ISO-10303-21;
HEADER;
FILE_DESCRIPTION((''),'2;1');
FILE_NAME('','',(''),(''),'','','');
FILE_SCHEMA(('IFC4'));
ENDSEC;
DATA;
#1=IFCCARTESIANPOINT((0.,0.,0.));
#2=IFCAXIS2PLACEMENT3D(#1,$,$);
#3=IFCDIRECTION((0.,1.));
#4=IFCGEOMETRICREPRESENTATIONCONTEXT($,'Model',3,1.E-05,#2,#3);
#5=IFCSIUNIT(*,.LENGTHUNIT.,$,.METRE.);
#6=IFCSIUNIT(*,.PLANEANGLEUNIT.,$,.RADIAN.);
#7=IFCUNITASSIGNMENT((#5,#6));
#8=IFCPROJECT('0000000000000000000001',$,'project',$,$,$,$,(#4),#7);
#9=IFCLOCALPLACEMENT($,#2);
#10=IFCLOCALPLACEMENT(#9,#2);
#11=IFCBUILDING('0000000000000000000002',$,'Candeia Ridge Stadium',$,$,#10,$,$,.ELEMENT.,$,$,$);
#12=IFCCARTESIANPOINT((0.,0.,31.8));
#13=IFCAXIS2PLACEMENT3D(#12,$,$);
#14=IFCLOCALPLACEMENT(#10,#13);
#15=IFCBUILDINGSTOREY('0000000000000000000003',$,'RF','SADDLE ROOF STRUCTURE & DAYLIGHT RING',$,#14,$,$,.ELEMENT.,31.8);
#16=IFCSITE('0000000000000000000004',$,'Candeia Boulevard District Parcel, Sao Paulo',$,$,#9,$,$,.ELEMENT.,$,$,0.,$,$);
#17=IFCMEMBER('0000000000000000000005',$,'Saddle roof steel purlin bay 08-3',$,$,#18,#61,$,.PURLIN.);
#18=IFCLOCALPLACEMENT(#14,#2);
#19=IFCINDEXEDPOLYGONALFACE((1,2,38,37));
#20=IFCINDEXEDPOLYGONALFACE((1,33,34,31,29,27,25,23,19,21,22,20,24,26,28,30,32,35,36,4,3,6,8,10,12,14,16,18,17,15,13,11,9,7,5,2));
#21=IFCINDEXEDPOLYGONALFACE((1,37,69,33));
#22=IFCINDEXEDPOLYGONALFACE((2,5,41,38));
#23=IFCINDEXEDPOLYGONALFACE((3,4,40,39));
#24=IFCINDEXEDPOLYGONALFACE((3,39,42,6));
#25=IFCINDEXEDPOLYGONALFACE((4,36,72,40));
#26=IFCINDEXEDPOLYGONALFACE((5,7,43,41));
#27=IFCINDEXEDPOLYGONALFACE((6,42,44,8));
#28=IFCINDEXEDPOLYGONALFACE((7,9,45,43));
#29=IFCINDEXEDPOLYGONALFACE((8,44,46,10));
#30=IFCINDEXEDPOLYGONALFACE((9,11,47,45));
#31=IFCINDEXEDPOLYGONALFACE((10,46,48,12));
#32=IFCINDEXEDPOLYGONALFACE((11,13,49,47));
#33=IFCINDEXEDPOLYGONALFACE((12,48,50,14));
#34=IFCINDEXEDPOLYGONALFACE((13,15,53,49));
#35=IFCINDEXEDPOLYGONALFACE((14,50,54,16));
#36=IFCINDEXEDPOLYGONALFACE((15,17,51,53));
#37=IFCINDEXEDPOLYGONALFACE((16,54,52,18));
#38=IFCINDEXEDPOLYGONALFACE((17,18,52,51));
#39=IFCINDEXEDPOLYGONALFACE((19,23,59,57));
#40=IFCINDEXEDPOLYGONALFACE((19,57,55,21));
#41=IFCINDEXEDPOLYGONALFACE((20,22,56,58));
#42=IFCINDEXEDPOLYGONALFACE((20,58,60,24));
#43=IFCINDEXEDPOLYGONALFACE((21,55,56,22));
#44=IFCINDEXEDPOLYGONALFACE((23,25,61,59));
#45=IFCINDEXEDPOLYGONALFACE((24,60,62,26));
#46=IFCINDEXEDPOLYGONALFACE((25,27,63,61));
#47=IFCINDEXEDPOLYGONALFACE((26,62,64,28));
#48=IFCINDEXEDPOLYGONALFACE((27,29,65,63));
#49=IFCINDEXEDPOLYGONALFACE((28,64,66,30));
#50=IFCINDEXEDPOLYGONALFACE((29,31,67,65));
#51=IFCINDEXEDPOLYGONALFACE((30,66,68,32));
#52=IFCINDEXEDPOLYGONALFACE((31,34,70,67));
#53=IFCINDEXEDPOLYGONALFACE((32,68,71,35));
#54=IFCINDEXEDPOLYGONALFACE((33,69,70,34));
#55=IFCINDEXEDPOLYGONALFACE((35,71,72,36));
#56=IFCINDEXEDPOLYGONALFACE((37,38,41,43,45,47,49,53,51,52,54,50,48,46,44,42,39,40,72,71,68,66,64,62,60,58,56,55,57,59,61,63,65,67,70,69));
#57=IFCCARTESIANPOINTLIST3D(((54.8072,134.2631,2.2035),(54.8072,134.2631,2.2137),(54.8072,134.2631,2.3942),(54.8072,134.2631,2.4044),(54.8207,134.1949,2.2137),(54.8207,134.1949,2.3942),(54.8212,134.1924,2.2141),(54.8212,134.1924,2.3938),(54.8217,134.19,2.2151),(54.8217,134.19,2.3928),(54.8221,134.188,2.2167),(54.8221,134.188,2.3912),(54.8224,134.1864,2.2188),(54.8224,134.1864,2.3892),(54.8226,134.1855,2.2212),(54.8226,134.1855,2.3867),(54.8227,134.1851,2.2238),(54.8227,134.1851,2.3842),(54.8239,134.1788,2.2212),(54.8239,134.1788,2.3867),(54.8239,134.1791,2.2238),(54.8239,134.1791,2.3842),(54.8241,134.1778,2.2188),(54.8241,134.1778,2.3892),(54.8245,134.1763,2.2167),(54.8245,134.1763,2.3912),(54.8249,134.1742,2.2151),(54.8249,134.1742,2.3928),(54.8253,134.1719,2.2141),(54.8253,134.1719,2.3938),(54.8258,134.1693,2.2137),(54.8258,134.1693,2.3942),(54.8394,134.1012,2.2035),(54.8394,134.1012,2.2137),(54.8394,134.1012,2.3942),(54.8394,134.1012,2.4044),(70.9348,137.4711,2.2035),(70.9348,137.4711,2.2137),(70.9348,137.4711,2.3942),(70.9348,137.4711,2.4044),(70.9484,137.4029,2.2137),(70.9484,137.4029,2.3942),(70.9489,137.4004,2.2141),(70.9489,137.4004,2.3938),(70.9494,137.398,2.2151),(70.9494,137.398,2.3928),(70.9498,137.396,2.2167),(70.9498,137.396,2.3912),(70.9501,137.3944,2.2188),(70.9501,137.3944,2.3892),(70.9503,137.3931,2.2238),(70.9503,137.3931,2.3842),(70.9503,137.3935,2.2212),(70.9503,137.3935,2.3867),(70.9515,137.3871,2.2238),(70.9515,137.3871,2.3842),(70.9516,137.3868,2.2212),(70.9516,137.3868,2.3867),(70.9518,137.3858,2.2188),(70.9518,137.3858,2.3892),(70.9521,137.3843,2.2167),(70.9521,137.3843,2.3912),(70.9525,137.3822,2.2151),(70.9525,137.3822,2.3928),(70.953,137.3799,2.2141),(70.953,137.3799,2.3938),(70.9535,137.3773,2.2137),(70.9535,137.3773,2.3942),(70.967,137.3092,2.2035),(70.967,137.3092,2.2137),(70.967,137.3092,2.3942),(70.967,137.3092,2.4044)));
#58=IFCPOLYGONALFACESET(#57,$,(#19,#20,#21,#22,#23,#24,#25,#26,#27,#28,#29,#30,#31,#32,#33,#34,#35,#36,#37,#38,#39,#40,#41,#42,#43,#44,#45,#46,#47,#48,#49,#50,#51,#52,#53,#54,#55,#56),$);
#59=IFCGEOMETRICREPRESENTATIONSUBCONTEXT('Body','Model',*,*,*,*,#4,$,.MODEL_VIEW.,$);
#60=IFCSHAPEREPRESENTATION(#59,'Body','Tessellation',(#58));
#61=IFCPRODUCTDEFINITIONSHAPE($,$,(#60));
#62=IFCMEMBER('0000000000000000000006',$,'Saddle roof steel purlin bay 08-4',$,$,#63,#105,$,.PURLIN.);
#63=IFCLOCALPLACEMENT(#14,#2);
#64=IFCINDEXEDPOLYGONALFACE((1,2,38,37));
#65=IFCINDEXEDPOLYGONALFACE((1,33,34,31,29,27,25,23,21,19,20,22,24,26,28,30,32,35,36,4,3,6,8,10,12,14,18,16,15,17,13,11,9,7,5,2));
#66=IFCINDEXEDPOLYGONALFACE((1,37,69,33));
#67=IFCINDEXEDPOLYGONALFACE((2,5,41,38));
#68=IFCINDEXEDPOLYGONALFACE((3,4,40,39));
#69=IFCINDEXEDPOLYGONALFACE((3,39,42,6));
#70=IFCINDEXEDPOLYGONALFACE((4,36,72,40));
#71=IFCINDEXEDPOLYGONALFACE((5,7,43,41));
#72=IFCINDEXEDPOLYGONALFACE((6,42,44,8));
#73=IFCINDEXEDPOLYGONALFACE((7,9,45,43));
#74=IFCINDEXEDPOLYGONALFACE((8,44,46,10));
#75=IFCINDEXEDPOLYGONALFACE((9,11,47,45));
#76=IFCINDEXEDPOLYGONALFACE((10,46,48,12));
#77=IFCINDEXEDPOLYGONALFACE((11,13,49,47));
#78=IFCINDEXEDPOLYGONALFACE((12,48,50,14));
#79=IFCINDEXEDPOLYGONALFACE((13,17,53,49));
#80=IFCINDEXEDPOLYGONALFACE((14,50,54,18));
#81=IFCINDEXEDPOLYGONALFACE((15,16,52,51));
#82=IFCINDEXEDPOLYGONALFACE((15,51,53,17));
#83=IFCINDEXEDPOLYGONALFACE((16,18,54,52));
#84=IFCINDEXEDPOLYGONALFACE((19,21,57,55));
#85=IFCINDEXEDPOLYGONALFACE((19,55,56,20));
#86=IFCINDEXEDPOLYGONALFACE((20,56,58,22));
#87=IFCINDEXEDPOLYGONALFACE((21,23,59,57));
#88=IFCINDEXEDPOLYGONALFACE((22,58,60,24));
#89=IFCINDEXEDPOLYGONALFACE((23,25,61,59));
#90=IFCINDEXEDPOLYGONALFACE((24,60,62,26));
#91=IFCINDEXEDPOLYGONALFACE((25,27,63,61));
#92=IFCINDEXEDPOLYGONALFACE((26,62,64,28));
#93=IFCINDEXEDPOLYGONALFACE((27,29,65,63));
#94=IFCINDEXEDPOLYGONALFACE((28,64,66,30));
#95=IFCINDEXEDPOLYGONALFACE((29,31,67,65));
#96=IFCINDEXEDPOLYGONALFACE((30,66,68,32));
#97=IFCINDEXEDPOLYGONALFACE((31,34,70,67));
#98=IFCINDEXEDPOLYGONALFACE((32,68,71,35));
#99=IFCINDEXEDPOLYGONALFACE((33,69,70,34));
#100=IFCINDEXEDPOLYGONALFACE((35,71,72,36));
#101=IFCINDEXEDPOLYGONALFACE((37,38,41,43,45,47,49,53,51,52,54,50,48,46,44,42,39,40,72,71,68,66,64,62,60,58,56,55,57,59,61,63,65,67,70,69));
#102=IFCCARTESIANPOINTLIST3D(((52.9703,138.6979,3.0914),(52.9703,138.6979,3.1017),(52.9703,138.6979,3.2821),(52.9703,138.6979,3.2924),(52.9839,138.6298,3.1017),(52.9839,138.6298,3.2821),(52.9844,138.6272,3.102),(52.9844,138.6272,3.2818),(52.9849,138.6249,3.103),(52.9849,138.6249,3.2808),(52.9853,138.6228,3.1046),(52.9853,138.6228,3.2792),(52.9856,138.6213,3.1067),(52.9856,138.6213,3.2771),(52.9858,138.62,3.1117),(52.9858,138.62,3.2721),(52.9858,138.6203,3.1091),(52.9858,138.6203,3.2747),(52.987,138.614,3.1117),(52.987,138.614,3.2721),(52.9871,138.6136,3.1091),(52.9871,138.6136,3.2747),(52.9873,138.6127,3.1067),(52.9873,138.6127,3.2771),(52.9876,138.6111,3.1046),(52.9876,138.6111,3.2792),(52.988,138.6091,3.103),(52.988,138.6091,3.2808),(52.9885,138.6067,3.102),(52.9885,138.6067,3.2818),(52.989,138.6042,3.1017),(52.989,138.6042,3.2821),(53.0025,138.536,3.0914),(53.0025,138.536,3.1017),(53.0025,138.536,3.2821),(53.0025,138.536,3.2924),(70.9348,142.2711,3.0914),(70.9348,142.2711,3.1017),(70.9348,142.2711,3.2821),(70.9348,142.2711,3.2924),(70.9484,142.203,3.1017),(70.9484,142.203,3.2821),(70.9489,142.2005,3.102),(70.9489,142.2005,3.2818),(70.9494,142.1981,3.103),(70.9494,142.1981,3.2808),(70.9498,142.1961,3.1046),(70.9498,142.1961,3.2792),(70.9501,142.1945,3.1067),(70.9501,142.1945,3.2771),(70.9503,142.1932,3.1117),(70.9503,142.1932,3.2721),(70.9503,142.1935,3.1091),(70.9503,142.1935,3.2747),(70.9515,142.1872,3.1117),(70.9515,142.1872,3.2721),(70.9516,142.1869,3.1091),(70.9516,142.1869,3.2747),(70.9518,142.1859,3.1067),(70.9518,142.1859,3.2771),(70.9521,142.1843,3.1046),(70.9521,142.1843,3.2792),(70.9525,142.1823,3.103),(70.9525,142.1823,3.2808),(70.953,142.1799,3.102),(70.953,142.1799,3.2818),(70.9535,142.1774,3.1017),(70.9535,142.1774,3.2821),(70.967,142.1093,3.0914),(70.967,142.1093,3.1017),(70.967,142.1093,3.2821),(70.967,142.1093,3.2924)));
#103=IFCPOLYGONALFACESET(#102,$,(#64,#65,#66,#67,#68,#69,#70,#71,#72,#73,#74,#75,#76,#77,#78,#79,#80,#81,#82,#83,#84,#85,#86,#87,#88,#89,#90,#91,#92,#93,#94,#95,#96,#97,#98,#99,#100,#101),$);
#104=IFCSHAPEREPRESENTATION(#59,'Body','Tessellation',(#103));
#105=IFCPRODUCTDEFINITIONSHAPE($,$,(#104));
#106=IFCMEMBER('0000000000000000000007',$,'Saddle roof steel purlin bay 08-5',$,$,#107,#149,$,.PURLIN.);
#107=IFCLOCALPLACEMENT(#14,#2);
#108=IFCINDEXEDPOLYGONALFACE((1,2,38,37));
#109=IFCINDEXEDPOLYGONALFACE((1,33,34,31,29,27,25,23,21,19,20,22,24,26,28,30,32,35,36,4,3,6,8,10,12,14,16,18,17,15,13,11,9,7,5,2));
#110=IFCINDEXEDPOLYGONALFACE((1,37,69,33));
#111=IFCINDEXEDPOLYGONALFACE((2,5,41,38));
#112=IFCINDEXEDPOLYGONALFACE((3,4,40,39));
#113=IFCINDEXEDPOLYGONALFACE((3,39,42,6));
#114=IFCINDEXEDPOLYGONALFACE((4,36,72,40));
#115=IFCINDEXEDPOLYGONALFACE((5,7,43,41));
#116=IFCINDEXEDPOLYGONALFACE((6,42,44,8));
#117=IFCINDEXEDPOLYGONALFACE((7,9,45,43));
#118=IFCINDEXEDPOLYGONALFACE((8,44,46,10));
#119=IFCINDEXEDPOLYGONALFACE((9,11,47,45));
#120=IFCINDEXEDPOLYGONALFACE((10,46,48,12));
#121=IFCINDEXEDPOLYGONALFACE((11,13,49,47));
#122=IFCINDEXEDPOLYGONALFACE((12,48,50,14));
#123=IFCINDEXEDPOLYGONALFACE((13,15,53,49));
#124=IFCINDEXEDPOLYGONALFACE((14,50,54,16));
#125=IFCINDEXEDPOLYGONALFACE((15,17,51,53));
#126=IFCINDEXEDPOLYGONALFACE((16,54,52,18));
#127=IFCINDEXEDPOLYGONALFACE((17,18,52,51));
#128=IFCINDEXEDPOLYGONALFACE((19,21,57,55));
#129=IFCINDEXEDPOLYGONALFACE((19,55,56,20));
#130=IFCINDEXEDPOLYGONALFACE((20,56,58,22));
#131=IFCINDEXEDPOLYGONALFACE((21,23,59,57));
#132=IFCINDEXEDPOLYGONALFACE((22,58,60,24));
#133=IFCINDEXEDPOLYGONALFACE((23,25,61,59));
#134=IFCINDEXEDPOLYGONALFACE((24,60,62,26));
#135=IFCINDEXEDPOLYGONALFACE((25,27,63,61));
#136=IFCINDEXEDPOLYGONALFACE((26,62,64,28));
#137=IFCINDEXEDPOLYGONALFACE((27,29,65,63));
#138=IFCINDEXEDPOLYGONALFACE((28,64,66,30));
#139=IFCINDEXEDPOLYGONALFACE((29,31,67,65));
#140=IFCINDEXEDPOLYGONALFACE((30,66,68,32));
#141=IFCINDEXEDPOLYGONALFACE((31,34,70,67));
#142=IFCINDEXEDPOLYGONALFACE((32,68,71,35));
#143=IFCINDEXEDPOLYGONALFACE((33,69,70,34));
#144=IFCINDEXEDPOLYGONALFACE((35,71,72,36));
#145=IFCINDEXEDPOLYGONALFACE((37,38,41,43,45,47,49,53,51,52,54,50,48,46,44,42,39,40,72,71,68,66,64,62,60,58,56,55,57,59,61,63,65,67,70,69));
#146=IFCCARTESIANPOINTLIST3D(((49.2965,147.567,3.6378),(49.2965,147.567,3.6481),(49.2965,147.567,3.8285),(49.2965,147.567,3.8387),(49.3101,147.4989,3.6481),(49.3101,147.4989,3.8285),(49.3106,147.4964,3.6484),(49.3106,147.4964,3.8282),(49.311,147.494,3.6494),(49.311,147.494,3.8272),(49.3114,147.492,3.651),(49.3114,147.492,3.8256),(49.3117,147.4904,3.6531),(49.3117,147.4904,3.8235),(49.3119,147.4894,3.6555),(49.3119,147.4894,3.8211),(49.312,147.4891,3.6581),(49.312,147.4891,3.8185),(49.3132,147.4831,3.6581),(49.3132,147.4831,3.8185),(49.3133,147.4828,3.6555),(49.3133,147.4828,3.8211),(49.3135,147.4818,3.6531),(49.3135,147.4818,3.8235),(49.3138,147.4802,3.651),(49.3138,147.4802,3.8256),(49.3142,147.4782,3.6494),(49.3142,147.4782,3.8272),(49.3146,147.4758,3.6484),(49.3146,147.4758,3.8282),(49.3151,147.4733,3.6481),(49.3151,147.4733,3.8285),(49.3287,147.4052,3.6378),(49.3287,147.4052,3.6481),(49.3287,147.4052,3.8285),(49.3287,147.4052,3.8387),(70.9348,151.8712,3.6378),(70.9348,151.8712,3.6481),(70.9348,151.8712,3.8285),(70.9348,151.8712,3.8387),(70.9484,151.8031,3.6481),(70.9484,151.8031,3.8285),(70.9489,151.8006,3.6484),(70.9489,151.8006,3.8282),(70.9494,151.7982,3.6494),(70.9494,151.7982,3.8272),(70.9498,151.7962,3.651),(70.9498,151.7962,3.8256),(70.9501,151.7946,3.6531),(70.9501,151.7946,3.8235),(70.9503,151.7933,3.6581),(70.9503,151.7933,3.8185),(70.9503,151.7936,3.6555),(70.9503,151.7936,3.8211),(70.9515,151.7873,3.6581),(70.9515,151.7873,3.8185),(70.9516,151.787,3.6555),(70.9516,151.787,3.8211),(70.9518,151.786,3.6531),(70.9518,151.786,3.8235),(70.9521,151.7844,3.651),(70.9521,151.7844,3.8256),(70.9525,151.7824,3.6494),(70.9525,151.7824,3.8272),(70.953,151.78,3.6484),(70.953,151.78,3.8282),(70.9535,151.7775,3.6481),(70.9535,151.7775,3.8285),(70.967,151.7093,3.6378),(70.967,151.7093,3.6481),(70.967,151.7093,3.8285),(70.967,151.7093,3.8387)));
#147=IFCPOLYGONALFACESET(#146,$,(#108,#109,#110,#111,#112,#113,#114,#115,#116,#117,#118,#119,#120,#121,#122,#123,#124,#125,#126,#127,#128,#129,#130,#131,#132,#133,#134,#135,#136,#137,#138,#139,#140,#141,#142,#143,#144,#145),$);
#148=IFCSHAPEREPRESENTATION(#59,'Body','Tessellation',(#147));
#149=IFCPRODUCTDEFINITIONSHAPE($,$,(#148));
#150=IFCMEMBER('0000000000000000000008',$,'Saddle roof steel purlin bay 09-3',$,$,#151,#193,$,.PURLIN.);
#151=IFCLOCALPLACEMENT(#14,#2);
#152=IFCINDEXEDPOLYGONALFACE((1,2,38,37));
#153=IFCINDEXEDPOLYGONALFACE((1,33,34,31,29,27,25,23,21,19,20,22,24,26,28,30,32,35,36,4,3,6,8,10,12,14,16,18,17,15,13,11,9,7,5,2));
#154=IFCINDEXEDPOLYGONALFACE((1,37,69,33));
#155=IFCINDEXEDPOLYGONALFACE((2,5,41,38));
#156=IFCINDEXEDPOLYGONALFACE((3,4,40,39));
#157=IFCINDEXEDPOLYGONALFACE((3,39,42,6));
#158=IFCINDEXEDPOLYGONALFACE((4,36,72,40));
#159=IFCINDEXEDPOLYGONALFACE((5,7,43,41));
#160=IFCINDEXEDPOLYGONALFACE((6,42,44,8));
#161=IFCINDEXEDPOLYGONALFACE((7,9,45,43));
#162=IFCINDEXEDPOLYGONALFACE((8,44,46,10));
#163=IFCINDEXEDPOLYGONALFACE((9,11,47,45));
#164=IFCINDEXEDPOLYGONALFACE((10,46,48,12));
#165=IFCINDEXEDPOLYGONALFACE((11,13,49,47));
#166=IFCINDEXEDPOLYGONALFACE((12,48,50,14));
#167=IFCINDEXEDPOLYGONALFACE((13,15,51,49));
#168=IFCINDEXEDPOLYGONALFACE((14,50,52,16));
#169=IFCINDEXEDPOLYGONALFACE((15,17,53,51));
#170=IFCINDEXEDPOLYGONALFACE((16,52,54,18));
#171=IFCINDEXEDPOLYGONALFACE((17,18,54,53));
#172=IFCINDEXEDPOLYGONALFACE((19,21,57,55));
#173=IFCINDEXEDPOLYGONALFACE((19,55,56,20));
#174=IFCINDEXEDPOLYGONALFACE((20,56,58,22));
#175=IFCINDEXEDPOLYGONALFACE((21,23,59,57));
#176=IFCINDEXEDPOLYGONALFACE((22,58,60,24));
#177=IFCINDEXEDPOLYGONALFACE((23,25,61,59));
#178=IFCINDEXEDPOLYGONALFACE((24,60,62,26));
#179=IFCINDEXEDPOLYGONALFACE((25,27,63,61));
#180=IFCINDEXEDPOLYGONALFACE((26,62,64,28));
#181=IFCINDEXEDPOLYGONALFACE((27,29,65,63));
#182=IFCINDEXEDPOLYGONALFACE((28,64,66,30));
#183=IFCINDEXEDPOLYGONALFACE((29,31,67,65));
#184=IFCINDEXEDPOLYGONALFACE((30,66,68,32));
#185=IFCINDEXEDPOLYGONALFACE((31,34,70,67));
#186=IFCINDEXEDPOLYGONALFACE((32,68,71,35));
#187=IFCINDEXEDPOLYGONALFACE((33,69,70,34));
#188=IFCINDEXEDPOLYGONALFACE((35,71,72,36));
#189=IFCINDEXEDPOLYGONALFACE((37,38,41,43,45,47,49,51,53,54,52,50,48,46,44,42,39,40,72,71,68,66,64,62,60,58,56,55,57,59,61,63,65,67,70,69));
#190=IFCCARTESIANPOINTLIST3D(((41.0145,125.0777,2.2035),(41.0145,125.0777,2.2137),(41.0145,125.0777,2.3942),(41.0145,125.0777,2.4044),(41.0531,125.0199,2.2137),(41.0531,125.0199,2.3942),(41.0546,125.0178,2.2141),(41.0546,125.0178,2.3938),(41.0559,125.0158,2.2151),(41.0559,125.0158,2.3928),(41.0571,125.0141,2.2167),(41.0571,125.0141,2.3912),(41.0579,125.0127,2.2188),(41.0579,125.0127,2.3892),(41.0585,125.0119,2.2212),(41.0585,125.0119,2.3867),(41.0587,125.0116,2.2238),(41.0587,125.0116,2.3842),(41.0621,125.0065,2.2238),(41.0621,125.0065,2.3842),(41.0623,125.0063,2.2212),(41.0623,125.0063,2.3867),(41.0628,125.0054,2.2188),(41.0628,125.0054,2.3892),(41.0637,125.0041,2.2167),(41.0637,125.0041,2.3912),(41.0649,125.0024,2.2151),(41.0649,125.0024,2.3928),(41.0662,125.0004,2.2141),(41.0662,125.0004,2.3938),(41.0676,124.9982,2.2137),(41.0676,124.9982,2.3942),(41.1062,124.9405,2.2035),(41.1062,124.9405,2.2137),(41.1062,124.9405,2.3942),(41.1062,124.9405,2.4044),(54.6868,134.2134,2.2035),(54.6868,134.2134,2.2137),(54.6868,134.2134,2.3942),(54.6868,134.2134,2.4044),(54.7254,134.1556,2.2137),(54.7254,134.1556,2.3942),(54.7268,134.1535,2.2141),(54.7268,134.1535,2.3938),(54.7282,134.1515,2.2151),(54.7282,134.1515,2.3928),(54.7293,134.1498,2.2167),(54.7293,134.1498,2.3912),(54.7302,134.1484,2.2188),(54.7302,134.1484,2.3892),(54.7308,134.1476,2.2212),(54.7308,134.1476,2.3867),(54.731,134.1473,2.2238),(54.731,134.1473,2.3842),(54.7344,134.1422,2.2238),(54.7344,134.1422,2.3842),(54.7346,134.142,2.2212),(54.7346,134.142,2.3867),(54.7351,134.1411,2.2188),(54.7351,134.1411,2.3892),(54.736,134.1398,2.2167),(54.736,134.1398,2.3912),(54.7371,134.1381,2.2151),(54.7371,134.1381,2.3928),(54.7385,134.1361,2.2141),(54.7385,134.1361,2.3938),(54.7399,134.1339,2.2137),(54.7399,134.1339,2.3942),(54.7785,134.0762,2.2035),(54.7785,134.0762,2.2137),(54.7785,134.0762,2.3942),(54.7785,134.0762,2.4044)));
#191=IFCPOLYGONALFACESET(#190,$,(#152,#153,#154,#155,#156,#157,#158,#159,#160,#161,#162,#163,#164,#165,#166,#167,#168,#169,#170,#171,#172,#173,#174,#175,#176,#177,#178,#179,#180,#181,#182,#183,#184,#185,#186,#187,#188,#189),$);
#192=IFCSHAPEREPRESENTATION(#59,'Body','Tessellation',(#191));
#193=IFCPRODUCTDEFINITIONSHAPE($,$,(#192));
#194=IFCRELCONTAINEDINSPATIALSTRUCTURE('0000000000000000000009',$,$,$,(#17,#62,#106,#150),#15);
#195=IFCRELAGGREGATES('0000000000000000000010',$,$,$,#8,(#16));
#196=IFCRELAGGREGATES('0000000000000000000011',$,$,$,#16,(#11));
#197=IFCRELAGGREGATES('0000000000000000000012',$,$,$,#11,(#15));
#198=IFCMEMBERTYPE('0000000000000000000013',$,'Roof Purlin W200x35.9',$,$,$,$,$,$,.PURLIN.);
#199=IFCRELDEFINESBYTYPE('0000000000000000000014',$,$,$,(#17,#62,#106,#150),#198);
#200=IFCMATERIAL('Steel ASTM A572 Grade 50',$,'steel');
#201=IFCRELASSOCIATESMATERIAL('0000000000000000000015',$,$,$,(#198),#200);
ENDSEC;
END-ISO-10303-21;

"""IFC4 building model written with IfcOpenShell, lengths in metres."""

from ifc_helpers import new_model, si_unit, direction, frame, origin, origin_2d, place, context, subcontext, project, spatial, i_section, extrude, material, material_profile, profile_set, type_object, element, save


model = new_model("IFC4")

# Units and contexts
model_context = context("Model", 3, precision=1e-05, world=origin(), true_north=direction((0.0, 1.0)))
body_context = subcontext(model_context, "Body", "Model", "MODEL_VIEW")
ifc_project = project(units=[si_unit("LENGTHUNIT", "METRE"), si_unit("PLANEANGLEUNIT", "RADIAN")], contexts=[model_context])

# Site, building, storey
site_placement = place(None, origin())
site = spatial("IfcSite", under=ifc_project, at=site_placement, Name="Candeia Boulevard District Parcel, Sao Paulo", CompositionType="ELEMENT", RefElevation=0.0)
building_placement = place(site_placement, origin())
building = spatial("IfcBuilding", under=site, at=building_placement, Name="Candeia Ridge Stadium", CompositionType="ELEMENT")
storey_placement = place(building_placement, frame((0.0, 0.0, 31.8)))
storey = spatial("IfcBuildingStorey", under=building, at=storey_placement, Name="RF", Description="SADDLE ROOF STRUCTURE & DAYLIGHT RING", CompositionType="ELEMENT", Elevation=31.8)

# Shared definitions
ifc_material_1 = material(Name="Steel ASTM A572 Grade 50", Category="steel")

# Members
ifc_material_profile_1 = material_profile(ifc_material_1, i_section(OverallWidth=0.165, OverallDepth=0.2009, WebThickness=0.0061, FlangeThickness=0.0103, FilletRadius=0.01, at=origin_2d()), Name="W200x35.9", Category="steel")
ifc_profile_set_1 = profile_set([ifc_material_profile_1], Name="Steel ASTM A572 Grade 50")
member_type_1 = type_object("IfcMemberType", Name="Roof Purlin W200x35.9", PredefinedType="PURLIN", material=ifc_profile_set_1)
member_1_placement = place(storey_placement, frame((70.9509, 137.3901, 2.304), z_axis=(-0.980785, -0.195091, 0.0), x_axis=(0.195091, -0.980785, 0.0)))
element("IfcMember", 1, at=member_1_placement, inside=storey, type_object=member_type_1, Name="Saddle roof steel purlin bay 08-3", PredefinedType="PURLIN", context=body_context, shape_type="SweptSolid", body=[
    extrude(i_section(OverallWidth=0.165, OverallDepth=0.2009, WebThickness=0.0061, FlangeThickness=0.0103, FilletRadius=0.01, at=origin_2d()), origin(), (0.0, 0.0, 1.0), 16.4436),
])
member_2_placement = place(storey_placement, frame((70.9509, 142.1902, 3.1919), z_axis=(-0.980787, -0.195083, 0.0), x_axis=(0.195083, -0.980787, 0.0)))
element("IfcMember", 2, at=member_2_placement, inside=storey, type_object=member_type_1, Name="Saddle roof steel purlin bay 08-4", PredefinedType="PURLIN", context=body_context, shape_type="SweptSolid", body=[
    extrude(i_section(OverallWidth=0.165, OverallDepth=0.2009, WebThickness=0.0061, FlangeThickness=0.0103, FilletRadius=0.01, at=origin_2d()), origin(), (0.0, 0.0, 1.0), 18.3164),
])
member_3_placement = place(storey_placement, frame((70.9509, 151.7903, 3.7383), z_axis=(-0.980785, -0.195092, 0.0), x_axis=(0.195092, -0.980785, 0.0)))
element("IfcMember", 3, at=member_3_placement, inside=storey, type_object=member_type_1, Name="Saddle roof steel purlin bay 08-5", PredefinedType="PURLIN", context=body_context, shape_type="SweptSolid", body=[
    extrude(i_section(OverallWidth=0.165, OverallDepth=0.2009, WebThickness=0.0061, FlangeThickness=0.0103, FilletRadius=0.01, at=origin_2d()), origin(), (0.0, 0.0, 1.0), 22.0623),
])
member_4_placement = place(storey_placement, frame((54.7327, 134.1448, 2.304), z_axis=(-0.831465, -0.555577, 0.0), x_axis=(0.555577, -0.831465, 0.0)))
element("IfcMember", 4, at=member_4_placement, inside=storey, type_object=member_type_1, Name="Saddle roof steel purlin bay 09-3", PredefinedType="PURLIN", context=body_context, shape_type="SweptSolid", body=[
    extrude(i_section(OverallWidth=0.165, OverallDepth=0.2009, WebThickness=0.0061, FlangeThickness=0.0103, FilletRadius=0.01, at=origin_2d()), origin(), (0.0, 0.0, 1.0), 16.4436),
])

save(model, "model.ifc")
